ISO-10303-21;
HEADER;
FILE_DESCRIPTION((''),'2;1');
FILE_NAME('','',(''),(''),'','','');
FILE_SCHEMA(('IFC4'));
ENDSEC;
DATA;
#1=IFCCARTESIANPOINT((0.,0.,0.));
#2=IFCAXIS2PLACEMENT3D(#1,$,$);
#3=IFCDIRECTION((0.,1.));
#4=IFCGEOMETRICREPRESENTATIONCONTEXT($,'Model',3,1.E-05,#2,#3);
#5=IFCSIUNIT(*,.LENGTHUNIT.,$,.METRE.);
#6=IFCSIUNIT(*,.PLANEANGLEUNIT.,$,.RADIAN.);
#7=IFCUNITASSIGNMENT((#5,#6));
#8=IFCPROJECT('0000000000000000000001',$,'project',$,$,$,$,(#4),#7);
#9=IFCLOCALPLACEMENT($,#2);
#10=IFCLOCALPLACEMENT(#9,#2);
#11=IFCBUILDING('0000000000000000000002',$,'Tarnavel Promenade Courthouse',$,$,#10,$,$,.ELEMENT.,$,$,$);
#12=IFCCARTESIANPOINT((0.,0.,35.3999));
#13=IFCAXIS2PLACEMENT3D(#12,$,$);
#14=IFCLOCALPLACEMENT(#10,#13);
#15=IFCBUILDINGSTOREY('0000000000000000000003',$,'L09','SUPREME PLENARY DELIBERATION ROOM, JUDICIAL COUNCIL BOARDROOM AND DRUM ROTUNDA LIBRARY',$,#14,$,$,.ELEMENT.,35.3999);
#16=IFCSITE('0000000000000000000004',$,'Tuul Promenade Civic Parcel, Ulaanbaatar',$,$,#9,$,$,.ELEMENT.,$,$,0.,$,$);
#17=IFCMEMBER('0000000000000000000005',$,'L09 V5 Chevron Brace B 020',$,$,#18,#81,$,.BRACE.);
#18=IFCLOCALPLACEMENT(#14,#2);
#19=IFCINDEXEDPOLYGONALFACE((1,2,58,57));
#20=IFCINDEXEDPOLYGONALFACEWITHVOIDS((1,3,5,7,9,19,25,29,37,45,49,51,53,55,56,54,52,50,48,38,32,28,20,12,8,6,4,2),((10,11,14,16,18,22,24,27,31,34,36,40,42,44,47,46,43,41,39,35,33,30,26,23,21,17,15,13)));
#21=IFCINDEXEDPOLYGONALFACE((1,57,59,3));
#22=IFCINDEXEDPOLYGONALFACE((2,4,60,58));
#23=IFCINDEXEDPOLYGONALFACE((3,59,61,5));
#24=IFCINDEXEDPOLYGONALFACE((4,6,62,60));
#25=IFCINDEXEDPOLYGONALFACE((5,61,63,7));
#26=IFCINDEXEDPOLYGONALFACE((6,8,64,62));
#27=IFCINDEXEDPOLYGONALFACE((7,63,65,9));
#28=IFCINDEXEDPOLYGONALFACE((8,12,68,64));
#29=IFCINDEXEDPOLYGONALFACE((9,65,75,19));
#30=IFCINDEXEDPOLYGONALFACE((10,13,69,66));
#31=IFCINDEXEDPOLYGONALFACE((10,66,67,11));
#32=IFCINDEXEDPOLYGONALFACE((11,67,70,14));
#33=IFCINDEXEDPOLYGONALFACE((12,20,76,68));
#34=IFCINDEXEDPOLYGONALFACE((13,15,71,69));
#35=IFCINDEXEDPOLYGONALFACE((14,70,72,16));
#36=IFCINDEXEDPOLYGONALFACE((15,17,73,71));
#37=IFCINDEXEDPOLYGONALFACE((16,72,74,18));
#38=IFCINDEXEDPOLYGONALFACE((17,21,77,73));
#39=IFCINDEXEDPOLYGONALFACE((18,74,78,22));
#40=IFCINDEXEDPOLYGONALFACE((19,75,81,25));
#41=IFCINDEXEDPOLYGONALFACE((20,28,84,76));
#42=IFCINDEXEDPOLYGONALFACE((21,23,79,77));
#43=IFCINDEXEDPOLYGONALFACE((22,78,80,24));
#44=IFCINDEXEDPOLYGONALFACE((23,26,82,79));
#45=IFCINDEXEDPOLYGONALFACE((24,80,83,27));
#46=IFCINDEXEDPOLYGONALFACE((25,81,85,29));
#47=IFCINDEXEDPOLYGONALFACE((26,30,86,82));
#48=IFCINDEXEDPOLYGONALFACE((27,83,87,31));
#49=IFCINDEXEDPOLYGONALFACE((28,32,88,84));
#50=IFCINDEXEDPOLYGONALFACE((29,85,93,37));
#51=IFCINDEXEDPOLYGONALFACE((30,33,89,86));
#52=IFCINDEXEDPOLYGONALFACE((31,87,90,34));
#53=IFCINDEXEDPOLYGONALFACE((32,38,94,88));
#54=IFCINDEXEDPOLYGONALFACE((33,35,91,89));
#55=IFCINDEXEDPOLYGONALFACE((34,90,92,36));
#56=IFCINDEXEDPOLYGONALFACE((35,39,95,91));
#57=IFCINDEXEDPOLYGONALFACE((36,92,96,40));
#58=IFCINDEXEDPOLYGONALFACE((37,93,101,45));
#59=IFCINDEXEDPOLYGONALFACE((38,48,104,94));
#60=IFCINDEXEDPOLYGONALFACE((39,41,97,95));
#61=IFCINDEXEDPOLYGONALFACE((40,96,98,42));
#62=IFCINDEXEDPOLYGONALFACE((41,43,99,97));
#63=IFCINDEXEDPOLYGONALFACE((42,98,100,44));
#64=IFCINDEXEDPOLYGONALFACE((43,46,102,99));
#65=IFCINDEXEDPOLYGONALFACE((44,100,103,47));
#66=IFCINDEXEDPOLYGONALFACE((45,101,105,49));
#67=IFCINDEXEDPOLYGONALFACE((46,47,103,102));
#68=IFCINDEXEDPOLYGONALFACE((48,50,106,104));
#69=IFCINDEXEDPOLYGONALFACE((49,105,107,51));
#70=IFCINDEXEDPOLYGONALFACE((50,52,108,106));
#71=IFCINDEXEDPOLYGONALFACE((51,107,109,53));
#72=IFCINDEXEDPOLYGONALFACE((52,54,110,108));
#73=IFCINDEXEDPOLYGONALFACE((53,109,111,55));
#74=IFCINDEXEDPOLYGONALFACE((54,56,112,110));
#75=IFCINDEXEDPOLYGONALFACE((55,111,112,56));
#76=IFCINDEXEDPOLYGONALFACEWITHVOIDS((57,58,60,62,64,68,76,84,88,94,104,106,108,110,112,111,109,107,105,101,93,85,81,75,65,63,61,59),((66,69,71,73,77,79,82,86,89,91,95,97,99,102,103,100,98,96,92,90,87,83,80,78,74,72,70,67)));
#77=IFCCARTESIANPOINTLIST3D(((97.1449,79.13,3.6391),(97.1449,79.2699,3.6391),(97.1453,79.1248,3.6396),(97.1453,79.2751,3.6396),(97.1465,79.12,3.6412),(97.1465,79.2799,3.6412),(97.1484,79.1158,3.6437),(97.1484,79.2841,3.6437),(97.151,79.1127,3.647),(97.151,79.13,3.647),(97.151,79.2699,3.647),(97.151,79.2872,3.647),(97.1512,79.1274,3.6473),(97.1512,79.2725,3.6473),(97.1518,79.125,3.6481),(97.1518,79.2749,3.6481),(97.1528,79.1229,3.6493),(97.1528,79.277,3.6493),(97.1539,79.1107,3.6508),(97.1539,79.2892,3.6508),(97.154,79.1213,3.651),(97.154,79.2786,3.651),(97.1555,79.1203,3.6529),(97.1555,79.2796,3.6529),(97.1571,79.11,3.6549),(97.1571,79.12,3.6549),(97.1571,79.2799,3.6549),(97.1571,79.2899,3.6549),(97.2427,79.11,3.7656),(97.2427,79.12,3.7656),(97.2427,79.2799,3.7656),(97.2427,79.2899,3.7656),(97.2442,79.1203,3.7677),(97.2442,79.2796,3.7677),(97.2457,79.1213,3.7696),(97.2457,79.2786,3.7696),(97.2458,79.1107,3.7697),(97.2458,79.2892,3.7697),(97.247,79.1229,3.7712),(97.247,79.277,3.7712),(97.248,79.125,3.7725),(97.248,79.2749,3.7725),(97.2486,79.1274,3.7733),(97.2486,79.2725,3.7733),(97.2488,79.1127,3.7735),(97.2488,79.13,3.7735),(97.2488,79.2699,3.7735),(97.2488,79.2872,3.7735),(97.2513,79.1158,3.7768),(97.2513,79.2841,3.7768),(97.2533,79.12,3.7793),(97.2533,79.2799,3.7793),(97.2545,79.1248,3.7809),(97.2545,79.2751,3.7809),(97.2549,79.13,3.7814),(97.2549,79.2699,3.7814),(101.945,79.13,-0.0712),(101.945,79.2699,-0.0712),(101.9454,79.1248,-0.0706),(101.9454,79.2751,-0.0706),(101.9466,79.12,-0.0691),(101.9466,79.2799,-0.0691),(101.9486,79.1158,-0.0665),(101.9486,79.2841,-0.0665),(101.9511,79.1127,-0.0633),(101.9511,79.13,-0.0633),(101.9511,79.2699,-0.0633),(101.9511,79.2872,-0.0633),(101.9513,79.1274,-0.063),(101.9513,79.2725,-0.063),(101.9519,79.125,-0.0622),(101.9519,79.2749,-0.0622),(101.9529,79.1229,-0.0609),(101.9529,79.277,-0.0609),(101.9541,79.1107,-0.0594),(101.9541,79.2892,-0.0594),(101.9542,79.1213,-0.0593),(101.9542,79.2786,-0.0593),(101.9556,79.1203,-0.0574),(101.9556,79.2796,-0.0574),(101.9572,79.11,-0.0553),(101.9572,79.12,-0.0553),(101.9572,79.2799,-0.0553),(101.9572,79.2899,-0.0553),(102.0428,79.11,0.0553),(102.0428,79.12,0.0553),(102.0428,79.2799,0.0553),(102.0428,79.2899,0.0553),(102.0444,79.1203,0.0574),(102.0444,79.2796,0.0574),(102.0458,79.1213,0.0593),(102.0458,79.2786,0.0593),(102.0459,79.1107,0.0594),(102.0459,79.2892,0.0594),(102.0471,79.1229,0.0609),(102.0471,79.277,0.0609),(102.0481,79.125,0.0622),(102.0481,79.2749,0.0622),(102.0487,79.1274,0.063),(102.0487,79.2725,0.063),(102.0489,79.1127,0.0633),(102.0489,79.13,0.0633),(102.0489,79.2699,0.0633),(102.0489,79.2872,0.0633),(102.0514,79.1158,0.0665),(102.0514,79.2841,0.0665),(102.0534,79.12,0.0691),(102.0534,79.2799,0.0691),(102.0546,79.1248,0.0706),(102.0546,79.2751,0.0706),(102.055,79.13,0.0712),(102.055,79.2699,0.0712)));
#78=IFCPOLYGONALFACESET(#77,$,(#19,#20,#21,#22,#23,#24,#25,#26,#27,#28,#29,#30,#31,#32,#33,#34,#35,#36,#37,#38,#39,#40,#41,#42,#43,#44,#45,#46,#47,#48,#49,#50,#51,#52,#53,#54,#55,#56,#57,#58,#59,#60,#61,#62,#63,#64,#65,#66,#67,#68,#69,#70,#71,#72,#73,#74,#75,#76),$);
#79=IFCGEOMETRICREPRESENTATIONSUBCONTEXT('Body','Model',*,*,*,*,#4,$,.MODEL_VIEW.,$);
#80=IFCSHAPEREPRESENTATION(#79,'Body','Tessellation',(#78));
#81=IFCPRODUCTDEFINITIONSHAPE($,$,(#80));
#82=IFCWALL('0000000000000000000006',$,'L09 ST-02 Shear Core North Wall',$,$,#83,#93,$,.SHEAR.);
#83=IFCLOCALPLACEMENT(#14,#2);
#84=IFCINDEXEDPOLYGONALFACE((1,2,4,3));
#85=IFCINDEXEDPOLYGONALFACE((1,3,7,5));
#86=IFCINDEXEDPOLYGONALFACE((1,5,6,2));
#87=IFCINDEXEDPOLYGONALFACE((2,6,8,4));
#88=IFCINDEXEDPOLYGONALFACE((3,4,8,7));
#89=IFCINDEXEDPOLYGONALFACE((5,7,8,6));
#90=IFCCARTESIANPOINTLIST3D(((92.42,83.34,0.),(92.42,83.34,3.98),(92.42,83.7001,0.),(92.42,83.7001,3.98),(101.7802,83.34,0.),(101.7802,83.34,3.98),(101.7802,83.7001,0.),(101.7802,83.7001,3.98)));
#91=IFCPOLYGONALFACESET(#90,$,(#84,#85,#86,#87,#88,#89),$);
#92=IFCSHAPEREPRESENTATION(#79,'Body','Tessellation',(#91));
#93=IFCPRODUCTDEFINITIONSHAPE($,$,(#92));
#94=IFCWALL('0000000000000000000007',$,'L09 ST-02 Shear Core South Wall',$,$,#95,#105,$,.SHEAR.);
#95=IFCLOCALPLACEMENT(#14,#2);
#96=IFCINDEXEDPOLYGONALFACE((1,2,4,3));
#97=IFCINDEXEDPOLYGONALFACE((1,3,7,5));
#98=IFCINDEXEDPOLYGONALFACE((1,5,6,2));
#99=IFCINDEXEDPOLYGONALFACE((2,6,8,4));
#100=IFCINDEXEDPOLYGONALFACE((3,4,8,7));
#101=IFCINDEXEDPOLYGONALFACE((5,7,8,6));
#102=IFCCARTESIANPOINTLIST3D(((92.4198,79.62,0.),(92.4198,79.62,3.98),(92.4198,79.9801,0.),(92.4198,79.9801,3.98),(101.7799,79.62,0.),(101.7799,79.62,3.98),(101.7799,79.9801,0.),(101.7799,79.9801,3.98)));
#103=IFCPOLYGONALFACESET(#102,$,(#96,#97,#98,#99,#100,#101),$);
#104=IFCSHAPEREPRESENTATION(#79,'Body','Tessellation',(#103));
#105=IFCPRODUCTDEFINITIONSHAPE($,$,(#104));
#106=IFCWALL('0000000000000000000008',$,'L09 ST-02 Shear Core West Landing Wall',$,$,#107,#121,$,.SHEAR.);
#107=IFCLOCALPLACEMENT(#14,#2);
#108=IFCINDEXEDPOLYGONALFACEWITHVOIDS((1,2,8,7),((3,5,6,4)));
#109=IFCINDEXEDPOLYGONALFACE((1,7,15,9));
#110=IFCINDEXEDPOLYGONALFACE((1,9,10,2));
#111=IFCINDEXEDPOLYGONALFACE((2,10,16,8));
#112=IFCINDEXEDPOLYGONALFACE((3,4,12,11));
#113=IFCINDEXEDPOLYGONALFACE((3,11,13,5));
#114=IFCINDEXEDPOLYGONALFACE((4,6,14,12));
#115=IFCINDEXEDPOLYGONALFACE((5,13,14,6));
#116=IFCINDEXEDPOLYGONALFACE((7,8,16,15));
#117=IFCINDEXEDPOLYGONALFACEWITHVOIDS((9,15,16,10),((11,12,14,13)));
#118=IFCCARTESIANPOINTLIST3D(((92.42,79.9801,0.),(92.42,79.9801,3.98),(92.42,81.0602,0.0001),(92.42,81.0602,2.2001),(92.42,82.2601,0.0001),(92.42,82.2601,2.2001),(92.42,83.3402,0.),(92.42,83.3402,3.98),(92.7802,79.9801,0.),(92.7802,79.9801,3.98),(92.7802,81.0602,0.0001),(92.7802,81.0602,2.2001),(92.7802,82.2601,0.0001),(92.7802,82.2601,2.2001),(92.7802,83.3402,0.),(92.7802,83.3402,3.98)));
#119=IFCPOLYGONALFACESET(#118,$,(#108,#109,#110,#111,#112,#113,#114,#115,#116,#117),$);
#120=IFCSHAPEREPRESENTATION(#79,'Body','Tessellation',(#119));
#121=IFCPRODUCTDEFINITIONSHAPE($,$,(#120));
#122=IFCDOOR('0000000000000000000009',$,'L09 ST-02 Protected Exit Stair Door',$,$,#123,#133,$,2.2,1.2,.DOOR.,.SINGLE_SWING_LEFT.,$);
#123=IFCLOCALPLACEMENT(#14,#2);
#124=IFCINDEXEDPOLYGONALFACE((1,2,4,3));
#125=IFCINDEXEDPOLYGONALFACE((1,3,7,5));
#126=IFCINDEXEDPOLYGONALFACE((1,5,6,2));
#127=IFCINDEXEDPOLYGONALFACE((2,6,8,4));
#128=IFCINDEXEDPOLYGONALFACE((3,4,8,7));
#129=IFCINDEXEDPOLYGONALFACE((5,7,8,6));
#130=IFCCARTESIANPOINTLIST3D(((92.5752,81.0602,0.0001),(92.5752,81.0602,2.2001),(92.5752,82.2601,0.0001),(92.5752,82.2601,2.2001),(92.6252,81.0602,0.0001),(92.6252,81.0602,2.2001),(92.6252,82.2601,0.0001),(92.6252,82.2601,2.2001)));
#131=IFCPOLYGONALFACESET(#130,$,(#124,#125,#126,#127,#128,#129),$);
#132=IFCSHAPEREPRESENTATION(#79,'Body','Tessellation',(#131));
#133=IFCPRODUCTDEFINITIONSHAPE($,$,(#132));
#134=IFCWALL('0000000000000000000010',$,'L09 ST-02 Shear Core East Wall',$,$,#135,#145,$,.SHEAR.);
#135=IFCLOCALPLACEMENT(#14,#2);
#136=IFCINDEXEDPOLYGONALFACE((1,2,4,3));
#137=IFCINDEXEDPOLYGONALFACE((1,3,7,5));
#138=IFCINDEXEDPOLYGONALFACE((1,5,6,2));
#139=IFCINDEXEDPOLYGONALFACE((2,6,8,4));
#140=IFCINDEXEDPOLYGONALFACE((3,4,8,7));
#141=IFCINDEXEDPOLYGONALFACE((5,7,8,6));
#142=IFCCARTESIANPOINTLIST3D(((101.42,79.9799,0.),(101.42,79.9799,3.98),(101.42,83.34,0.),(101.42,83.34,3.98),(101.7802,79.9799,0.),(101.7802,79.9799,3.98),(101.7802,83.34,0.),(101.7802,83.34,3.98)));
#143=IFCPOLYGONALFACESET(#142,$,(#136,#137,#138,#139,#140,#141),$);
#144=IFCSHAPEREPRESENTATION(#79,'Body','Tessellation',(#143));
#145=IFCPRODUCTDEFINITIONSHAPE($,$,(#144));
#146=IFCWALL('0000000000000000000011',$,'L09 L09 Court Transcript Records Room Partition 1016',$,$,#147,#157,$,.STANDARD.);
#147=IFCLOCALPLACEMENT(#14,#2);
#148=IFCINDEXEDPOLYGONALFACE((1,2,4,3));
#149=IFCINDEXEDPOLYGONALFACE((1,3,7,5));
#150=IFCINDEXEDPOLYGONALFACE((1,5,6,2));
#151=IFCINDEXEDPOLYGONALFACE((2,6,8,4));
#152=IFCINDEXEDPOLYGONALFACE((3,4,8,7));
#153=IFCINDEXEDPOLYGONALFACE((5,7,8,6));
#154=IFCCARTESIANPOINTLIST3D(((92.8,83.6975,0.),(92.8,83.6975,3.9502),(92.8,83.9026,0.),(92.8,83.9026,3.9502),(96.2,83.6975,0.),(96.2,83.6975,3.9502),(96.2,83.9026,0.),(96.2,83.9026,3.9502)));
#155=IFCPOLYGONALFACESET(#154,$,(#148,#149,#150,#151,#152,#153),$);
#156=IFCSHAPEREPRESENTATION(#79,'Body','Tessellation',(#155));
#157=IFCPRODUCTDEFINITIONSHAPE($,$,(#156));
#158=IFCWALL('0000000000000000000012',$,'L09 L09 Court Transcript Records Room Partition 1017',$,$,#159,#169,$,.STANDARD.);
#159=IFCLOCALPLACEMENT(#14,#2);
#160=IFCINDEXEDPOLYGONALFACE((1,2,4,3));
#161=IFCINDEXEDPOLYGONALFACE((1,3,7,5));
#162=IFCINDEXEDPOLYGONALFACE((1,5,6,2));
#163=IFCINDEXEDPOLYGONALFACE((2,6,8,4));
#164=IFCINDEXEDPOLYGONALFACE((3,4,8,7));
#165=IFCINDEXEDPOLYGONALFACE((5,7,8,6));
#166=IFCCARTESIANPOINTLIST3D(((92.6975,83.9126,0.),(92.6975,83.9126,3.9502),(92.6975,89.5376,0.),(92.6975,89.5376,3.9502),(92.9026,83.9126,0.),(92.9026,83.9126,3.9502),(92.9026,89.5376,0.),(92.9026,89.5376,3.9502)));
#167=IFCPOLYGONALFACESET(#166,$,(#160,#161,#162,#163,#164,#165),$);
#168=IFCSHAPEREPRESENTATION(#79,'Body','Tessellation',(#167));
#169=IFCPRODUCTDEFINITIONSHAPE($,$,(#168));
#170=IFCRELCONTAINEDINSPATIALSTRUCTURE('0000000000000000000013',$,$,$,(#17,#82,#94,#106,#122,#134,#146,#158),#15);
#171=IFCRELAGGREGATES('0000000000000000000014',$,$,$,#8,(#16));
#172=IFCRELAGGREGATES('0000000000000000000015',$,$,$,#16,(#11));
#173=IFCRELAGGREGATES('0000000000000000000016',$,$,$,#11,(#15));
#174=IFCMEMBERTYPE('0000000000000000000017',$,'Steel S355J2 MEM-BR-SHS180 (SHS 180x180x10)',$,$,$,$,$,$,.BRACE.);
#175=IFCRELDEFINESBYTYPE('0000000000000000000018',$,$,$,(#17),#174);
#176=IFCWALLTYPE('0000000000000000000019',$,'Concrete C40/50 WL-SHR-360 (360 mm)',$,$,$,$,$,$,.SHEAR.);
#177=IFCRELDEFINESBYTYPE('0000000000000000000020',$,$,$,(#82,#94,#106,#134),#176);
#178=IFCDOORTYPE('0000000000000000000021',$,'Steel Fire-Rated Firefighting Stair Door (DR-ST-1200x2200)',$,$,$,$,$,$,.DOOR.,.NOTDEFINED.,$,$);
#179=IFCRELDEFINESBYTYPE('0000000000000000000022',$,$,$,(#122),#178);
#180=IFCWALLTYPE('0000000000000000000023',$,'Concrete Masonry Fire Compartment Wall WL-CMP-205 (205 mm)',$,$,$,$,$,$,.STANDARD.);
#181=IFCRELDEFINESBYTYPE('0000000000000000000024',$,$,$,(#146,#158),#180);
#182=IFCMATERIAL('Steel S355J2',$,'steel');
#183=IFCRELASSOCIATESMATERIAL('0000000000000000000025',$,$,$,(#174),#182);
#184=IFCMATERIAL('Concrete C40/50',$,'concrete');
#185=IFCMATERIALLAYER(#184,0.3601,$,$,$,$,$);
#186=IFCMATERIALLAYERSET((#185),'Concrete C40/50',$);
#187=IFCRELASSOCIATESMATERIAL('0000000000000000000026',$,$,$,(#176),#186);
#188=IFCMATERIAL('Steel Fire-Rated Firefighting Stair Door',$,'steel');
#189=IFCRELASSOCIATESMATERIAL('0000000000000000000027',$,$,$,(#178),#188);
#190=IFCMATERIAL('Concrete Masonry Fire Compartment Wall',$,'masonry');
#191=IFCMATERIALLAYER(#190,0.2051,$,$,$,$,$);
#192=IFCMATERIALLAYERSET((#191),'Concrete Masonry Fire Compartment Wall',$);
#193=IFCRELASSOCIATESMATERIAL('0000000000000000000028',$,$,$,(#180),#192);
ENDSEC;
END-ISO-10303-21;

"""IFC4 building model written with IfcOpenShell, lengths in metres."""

from ifc_helpers import new_model, si_unit, direction, frame, frame_2d, origin, origin_2d, place, context, subcontext, project, spatial, rectangle, hollow_rectangle, extrude, material, layer, layer_set, material_profile, profile_set, type_object, element, fill, save


model = new_model("IFC4")

# Units and contexts
model_context = context("Model", 3, precision=1e-05, world=origin(), true_north=direction((0.0, 1.0)))
body_context = subcontext(model_context, "Body", "Model", "MODEL_VIEW")
ifc_project = project(units=[si_unit("LENGTHUNIT", "METRE"), si_unit("PLANEANGLEUNIT", "RADIAN")], contexts=[model_context])

# Site, building, storey
site_placement = place(None, origin())
site = spatial("IfcSite", under=ifc_project, at=site_placement, Name="Tuul Promenade Civic Parcel, Ulaanbaatar", CompositionType="ELEMENT", RefElevation=0.0)
building_placement = place(site_placement, origin())
building = spatial("IfcBuilding", under=site, at=building_placement, Name="Tarnavel Promenade Courthouse", CompositionType="ELEMENT")
storey_placement = place(building_placement, frame((0.0, 0.0, 35.3999)))
storey = spatial("IfcBuildingStorey", under=building, at=storey_placement, Name="L09", Description="SUPREME PLENARY DELIBERATION ROOM, JUDICIAL COUNCIL BOARDROOM AND DRUM ROTUNDA LIBRARY", CompositionType="ELEMENT", Elevation=35.3999)

# Shared definitions
ifc_material_1 = material(Name="Concrete C40/50", Category="concrete")

# Shared definitions
ifc_material_2 = material(Name="Steel S355J2", Category="steel")

# Member
ifc_material_profile_1 = material_profile(ifc_material_2, hollow_rectangle(XDim=0.1799, YDim=0.1799, WallThickness=0.01, InnerFilletRadius=0.01, OuterFilletRadius=0.02, at=origin_2d()), Name="SHS 180x180x10")
ifc_profile_set_1 = profile_set([ifc_material_profile_1], Name="Steel S355J2")
member_type = type_object("IfcMemberType", Name="Steel S355J2 MEM-BR-SHS180 (SHS 180x180x10)", PredefinedType="BRACE", material=ifc_profile_set_1)
for number, where, z_axis, x_axis, name in (
    (1, (102.0, 79.2, 0.0), (-0.791199, 0.0, 0.611559), (0.0, -1.0, 0.0), "L09 V5 Chevron Brace B 020"),
):
    element("IfcMember", number, at=place(storey_placement, frame(where, z_axis=z_axis, x_axis=x_axis)), inside=storey, type_object=member_type, Name=name, PredefinedType="BRACE", context=body_context, shape_type="SweptSolid", body=[
        extrude(hollow_rectangle(XDim=0.1799, YDim=0.1799, WallThickness=0.01, InnerFilletRadius=0.01, OuterFilletRadius=0.02, at=origin_2d()), origin(), (0.0, 0.0, 1.0), 6.0669),
    ])

# Walls
ifc_layer_1 = layer(ifc_material_1, 0.3601)
ifc_layer_set_1 = layer_set([ifc_layer_1], Name="Concrete C40/50")
wall_type_1 = type_object("IfcWallType", Name="Concrete C40/50 WL-SHR-360 (360 mm)", PredefinedType="SHEAR", material=ifc_layer_set_1)
for number, where, z_axis, x_axis, name in (
    (2, (92.4199, 83.52, 0.0), (0.0, 0.0, 1.0), (1.0, 0.0, 0.0), "L09 ST-02 Shear Core North Wall"),
    (3, (101.78, 79.8, 0.0), (0.0, 0.0, 1.0), (-1.0, 0.0, 0.0), "L09 ST-02 Shear Core South Wall"),
):
    element("IfcWall", number, at=place(storey_placement, frame(where, z_axis=z_axis, x_axis=x_axis)), inside=storey, type_object=wall_type_1, Name=name, PredefinedType="SHEAR", context=body_context, shape_type="SweptSolid", body=[
        extrude(rectangle(XDim=9.3601, YDim=0.3601, at=frame_2d((4.6802, 0.0))), origin(), (0.0, 0.0, 1.0), 3.98),
    ])

# Wall, opening, door
wall_1_placement = place(storey_placement, frame((92.6001, 79.98, 0.0), z_axis=(0.0, 0.0, 1.0), x_axis=(0.0, 1.0, 0.0)))
wall_1 = element("IfcWall", 4, at=wall_1_placement, inside=storey, type_object=wall_type_1, Name="L09 ST-02 Shear Core West Landing Wall", PredefinedType="SHEAR", context=body_context, shape_type="SweptSolid", body=[
    extrude(rectangle(XDim=3.3601, YDim=0.3601, at=frame_2d((1.6802, 0.0))), origin(), (0.0, 0.0, 1.0), 3.98),
])
opening_1_placement = place(wall_1_placement, frame((1.0801, 0.0, 0.0)))
opening_1 = element("IfcOpeningElement", 5, at=opening_1_placement, cuts=wall_1, PredefinedType="OPENING", context=body_context, shape_type="SweptSolid", body=[
    extrude(rectangle(XDim=1.2, YDim=2.2, at=frame_2d((0.6001, 1.1001))), frame((0.0, 0.1899, 0.0), z_axis=(0.0, -1.0, 0.0), x_axis=(1.0, 0.0, 0.0)), (0.0, 0.0, 1.0), 0.3801),
])
ifc_material_3 = material(Name="Steel Fire-Rated Firefighting Stair Door", Category="steel")
door_type = type_object("IfcDoorType", Name="Steel Fire-Rated Firefighting Stair Door (DR-ST-1200x2200)", OperationType="NOTDEFINED", PredefinedType="DOOR", material=ifc_material_3)
door_placement = place(opening_1_placement, origin())
door = element("IfcDoor", 6, at=door_placement, inside=storey, type_object=door_type, Name="L09 ST-02 Protected Exit Stair Door", OperationType="SINGLE_SWING_LEFT", OverallHeight=2.2, OverallWidth=1.2, PredefinedType="DOOR", context=body_context, shape_type="SweptSolid", body=[
    extrude(rectangle(XDim=1.2, YDim=2.2, at=frame_2d((0.6001, 1.1001))), frame((0.0, 0.0249, 0.0), z_axis=(0.0, -1.0, 0.0), x_axis=(1.0, 0.0, 0.0)), (0.0, 0.0, 1.0), 0.05),
])
fill(opening_1, door)

# Walls
wall_2_placement = place(storey_placement, frame((101.6001, 83.3401, 0.0), z_axis=(0.0, 0.0, 1.0), x_axis=(0.0, -1.0, 0.0)))
element("IfcWall", 7, at=wall_2_placement, inside=storey, type_object=wall_type_1, Name="L09 ST-02 Shear Core East Wall", PredefinedType="SHEAR", context=body_context, shape_type="SweptSolid", body=[
    extrude(rectangle(XDim=3.3601, YDim=0.3601, at=frame_2d((1.6802, 0.0))), origin(), (0.0, 0.0, 1.0), 3.98),
])
ifc_material_4 = material(Name="Concrete Masonry Fire Compartment Wall", Category="masonry")
ifc_layer_2 = layer(ifc_material_4, 0.2051)
ifc_layer_set_2 = layer_set([ifc_layer_2], Name="Concrete Masonry Fire Compartment Wall")
wall_type_2 = type_object("IfcWallType", Name="Concrete Masonry Fire Compartment Wall WL-CMP-205 (205 mm)", PredefinedType="STANDARD", material=ifc_layer_set_2)
wall_3_placement = place(storey_placement, frame((96.2, 83.8, 0.0), z_axis=(0.0, 0.0, 1.0), x_axis=(-1.0, 0.0, 0.0)))
element("IfcWall", 8, at=wall_3_placement, inside=storey, type_object=wall_type_2, Name="L09 L09 Court Transcript Records Room Partition 1016", PredefinedType="STANDARD", context=body_context, shape_type="SweptSolid", body=[
    extrude(rectangle(XDim=3.3999, YDim=0.2051, at=frame_2d((1.7, 0.0))), origin(), (0.0, 0.0, 1.0), 3.9502),
])
wall_4_placement = place(storey_placement, frame((92.8, 83.9126, 0.0), z_axis=(0.0, 0.0, 1.0), x_axis=(0.0, 1.0, 0.0)))
element("IfcWall", 9, at=wall_4_placement, inside=storey, type_object=wall_type_2, Name="L09 L09 Court Transcript Records Room Partition 1017", PredefinedType="STANDARD", context=body_context, shape_type="SweptSolid", body=[
    extrude(rectangle(XDim=5.625, YDim=0.2051, at=frame_2d((2.8125, 0.0))), origin(), (0.0, 0.0, 1.0), 3.9502),
])

save(model, "model.ifc")
